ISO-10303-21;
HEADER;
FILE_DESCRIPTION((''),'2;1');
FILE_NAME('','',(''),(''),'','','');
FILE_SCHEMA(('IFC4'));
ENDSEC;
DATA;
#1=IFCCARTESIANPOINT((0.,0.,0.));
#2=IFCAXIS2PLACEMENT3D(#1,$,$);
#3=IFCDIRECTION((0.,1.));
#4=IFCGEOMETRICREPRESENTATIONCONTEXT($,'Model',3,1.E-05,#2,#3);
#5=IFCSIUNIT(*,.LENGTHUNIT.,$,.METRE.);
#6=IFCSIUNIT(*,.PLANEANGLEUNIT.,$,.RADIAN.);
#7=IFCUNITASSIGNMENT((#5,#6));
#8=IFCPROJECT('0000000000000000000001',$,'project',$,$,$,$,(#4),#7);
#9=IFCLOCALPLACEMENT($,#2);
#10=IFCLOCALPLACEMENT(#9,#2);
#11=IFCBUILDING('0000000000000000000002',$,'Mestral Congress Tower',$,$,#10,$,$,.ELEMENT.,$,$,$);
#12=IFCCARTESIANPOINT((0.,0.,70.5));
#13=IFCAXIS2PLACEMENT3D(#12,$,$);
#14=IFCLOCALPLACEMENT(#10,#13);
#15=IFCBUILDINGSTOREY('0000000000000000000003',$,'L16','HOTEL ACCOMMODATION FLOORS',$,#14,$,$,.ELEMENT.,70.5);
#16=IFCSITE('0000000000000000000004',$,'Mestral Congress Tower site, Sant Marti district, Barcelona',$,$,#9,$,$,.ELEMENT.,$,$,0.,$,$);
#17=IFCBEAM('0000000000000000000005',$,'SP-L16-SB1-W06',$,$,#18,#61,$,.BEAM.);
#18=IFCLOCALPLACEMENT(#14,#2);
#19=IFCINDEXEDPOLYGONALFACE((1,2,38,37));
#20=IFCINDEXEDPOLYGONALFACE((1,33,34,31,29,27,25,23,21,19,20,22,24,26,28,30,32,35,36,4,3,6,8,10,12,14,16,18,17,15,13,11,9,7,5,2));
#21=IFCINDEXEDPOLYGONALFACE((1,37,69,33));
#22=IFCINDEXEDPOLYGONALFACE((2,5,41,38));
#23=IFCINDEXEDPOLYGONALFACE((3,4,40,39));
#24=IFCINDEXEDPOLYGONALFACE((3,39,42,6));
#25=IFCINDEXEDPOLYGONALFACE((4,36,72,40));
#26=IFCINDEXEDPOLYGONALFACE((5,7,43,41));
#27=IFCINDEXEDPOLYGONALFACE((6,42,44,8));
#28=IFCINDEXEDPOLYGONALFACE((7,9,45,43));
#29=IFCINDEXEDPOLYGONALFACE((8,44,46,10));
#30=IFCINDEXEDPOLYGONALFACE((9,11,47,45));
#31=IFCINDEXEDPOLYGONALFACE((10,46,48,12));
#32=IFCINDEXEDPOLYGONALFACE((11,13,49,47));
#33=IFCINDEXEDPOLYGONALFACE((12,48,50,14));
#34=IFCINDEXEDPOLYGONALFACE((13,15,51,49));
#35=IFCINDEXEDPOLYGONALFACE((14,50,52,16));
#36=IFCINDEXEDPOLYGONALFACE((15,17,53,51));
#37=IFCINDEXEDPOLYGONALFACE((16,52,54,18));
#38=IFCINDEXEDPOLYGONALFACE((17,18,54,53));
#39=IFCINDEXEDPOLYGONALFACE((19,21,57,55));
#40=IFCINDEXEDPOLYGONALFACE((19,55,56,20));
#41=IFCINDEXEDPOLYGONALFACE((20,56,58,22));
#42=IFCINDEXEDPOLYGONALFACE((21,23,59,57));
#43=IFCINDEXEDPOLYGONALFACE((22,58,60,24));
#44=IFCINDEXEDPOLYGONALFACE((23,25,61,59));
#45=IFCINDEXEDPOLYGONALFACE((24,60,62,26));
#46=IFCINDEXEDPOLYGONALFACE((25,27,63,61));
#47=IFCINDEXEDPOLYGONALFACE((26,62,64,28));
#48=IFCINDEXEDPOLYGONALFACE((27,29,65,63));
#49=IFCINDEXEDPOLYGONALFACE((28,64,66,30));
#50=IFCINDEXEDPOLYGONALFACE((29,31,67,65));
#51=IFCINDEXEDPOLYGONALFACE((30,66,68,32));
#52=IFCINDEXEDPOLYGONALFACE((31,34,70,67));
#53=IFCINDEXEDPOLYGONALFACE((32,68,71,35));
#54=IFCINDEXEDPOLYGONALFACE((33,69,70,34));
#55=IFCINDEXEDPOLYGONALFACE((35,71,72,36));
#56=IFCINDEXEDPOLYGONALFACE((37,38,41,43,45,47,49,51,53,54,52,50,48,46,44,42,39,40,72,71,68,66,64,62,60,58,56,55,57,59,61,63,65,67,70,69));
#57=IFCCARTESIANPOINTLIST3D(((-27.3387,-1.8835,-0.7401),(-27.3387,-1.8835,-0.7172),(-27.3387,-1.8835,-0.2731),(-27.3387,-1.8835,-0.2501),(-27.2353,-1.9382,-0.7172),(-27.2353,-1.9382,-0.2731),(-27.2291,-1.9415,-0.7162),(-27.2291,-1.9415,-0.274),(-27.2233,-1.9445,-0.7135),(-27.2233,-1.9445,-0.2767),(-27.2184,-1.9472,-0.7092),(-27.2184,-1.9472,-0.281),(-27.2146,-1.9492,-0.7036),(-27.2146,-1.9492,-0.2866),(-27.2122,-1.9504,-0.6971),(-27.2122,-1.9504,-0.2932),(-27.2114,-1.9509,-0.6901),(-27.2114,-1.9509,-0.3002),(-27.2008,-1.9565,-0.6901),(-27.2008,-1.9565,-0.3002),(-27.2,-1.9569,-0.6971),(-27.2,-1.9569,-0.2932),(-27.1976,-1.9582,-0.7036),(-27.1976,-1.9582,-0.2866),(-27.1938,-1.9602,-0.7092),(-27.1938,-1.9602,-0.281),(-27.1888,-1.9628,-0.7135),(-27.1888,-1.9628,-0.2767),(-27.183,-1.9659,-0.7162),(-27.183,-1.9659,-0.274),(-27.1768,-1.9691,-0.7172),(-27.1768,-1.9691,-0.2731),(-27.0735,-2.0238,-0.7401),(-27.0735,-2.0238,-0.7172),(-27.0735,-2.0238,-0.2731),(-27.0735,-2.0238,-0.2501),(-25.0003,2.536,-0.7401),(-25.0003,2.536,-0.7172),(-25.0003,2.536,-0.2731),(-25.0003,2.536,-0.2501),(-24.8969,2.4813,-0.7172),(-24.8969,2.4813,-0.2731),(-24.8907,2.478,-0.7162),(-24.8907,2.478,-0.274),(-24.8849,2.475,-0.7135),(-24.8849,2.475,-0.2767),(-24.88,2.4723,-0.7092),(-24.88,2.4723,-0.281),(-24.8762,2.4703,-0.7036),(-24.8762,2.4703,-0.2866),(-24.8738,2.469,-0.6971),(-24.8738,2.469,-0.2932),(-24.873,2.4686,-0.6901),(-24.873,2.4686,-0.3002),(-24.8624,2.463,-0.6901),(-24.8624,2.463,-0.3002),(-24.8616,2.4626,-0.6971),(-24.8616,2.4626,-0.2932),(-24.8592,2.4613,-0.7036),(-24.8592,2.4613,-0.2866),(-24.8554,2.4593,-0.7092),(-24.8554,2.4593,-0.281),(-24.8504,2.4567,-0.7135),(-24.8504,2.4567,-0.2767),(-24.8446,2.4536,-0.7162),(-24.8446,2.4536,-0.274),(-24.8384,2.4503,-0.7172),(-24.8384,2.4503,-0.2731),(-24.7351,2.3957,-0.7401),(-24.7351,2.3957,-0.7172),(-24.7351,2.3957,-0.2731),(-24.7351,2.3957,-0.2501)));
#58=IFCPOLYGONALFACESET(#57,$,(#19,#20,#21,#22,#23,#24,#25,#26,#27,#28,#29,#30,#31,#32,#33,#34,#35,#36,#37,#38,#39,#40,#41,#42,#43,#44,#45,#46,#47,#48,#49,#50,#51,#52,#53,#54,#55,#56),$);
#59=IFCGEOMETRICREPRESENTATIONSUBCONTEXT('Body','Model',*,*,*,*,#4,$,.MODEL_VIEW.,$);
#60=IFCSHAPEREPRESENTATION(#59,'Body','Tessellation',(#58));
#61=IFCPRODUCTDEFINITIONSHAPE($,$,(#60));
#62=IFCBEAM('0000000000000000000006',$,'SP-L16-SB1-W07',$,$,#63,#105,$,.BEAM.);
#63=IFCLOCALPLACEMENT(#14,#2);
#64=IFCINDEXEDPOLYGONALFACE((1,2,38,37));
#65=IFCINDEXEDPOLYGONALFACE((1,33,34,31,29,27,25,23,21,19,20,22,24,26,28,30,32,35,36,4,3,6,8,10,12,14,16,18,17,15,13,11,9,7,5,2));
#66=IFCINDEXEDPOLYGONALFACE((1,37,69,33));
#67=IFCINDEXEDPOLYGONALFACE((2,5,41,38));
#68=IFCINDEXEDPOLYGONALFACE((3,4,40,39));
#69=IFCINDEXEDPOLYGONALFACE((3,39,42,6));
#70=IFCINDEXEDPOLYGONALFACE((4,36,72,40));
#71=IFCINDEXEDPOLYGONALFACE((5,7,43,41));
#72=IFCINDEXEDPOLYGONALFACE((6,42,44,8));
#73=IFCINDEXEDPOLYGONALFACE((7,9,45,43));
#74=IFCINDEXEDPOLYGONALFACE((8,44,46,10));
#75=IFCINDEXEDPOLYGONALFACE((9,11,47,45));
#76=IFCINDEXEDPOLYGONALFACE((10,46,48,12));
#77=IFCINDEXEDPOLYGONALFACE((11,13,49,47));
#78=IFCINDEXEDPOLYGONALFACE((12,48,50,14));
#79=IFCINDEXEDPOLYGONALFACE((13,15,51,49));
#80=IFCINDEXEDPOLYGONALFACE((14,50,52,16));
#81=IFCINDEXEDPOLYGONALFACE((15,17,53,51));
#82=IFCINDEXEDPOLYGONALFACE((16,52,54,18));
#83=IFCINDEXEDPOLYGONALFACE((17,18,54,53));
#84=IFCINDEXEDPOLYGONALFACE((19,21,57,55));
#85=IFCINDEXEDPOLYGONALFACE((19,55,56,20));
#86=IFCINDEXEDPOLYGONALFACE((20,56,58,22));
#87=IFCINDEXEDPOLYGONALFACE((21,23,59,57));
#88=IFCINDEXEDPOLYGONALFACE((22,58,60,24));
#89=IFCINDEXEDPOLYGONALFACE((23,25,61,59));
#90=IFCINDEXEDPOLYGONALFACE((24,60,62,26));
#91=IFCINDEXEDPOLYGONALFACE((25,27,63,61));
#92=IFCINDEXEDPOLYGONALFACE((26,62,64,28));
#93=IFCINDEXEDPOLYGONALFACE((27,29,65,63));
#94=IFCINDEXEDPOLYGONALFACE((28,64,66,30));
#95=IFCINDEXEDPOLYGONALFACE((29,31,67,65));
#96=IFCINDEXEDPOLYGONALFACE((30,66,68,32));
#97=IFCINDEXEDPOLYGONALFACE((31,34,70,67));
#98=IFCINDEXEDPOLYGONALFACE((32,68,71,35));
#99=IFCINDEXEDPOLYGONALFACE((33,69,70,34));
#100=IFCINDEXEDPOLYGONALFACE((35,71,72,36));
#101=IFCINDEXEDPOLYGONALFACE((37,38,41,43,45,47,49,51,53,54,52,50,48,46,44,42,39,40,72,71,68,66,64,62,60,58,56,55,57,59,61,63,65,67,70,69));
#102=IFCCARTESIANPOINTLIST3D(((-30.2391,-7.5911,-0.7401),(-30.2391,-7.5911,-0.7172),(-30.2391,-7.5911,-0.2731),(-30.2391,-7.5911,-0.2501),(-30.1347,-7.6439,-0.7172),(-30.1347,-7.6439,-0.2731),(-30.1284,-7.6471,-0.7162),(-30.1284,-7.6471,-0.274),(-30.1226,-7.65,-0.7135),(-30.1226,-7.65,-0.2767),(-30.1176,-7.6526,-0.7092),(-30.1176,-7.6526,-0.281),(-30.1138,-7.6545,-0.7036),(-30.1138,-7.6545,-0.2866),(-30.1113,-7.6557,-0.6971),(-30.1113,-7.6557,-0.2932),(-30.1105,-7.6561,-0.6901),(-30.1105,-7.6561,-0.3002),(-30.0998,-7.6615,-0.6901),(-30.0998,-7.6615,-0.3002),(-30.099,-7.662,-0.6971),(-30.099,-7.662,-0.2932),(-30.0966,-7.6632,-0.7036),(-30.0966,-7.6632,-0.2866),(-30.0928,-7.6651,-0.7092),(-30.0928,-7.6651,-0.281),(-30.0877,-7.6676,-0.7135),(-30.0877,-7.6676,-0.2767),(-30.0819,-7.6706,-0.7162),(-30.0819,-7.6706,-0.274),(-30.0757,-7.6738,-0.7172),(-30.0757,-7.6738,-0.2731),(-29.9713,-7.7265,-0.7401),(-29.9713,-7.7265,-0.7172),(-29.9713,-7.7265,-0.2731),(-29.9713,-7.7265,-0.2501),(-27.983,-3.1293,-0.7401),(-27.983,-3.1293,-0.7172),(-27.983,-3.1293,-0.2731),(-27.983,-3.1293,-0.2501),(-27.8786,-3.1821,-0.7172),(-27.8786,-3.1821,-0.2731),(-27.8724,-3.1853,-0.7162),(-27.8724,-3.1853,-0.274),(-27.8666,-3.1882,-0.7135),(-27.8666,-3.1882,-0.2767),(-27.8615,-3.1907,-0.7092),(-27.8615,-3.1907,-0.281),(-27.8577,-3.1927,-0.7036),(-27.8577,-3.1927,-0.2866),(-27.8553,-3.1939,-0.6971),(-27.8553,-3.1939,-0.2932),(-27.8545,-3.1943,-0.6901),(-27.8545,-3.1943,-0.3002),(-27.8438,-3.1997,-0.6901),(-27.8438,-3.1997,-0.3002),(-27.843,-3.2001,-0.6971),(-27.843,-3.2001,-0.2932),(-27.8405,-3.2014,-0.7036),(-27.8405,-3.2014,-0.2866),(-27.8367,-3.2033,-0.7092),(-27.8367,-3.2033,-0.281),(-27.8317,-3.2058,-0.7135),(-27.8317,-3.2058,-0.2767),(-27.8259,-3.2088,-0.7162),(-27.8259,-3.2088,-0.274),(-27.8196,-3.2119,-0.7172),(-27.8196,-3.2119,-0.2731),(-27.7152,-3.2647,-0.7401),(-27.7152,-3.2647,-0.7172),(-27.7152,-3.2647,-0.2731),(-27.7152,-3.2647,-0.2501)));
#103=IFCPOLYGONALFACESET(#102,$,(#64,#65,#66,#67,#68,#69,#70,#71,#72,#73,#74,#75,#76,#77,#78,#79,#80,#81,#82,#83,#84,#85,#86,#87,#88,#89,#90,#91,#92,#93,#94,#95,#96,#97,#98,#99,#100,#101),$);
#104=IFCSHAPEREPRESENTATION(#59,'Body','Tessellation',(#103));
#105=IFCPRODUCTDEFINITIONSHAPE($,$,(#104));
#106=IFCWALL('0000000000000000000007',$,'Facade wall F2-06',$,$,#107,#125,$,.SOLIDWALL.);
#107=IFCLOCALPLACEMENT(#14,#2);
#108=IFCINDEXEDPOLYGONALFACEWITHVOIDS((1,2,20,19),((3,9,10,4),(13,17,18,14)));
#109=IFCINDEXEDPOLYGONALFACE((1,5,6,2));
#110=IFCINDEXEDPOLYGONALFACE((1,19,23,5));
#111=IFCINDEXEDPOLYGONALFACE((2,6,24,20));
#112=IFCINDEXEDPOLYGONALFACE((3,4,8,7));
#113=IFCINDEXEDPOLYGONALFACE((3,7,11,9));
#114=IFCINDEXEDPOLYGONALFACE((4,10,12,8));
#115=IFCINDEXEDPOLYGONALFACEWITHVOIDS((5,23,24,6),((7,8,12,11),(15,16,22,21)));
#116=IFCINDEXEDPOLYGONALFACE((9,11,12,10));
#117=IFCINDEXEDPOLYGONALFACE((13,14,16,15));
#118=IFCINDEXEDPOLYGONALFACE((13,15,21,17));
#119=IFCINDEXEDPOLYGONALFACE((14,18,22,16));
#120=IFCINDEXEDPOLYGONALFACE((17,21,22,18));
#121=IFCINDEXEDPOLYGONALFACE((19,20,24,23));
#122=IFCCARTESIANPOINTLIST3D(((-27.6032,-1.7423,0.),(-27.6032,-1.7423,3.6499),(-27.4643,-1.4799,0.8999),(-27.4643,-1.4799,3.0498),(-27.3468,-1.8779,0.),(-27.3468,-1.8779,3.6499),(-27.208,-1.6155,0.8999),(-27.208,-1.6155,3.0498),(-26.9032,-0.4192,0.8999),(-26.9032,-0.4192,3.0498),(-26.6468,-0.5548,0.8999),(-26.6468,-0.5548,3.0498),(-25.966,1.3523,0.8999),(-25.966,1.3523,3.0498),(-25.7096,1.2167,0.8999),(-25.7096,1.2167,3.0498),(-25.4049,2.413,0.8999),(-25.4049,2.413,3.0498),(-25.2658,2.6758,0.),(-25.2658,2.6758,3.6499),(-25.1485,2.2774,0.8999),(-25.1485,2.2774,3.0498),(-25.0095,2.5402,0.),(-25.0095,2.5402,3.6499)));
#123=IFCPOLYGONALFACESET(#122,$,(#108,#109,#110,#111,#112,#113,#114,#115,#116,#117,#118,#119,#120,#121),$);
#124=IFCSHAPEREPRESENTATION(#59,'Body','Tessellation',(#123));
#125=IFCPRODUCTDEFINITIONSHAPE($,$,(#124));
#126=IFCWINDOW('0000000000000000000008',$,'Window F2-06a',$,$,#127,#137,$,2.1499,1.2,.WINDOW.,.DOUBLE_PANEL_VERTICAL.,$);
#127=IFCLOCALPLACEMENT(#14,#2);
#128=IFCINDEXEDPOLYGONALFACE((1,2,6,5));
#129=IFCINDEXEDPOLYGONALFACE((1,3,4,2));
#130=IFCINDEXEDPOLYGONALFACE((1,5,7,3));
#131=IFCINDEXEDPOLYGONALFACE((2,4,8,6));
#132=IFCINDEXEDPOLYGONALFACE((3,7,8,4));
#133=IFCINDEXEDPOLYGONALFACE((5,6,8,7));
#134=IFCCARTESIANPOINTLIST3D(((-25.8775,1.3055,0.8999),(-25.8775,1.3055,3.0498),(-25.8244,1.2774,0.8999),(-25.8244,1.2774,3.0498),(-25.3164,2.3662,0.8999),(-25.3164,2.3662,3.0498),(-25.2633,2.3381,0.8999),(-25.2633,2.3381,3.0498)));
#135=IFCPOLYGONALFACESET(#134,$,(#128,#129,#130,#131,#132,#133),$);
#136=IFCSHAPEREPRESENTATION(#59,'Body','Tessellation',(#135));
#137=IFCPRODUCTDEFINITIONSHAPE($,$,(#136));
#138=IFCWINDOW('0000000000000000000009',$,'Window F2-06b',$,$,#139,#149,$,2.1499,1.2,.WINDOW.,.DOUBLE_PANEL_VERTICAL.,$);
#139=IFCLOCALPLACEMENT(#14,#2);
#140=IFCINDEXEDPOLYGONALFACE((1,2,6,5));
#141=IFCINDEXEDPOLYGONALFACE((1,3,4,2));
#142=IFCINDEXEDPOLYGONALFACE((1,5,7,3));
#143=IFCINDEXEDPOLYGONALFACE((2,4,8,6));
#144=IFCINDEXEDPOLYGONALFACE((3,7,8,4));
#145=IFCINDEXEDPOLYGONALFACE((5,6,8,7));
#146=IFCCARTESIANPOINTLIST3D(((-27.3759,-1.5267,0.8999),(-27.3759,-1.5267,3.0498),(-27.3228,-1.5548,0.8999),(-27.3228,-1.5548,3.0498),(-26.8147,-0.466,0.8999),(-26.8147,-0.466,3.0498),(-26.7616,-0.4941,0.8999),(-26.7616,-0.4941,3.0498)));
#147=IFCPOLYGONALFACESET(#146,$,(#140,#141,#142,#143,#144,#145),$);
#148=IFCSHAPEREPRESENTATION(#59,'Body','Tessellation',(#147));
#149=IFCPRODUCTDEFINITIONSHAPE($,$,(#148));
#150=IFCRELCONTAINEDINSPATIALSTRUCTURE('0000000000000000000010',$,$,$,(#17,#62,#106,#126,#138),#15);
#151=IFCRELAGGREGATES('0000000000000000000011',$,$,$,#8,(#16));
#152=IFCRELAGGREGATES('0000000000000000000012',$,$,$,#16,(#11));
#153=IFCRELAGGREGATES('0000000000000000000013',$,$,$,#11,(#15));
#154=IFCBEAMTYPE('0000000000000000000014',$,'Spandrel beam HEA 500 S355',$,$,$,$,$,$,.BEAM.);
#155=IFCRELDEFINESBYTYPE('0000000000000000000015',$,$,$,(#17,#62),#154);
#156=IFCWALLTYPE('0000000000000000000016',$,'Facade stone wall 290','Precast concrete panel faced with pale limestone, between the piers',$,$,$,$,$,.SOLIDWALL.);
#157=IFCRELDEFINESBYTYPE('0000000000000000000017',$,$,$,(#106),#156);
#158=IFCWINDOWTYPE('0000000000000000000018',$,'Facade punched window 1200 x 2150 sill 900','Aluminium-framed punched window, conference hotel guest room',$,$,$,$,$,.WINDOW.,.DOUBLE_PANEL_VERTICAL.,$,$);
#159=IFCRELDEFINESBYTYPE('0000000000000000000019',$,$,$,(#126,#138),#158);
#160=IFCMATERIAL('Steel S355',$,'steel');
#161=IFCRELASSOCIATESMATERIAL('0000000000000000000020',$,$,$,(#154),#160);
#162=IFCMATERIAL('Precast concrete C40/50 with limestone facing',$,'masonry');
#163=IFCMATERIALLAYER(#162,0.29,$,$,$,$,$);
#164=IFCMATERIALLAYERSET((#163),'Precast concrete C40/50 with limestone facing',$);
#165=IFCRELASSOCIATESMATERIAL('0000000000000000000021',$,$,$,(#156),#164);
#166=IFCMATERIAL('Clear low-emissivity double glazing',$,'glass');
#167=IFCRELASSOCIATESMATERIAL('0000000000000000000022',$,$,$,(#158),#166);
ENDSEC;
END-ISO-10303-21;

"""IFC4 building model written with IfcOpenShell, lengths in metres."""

from ifc_helpers import new_model, si_unit, direction, frame, frame_2d, origin, origin_2d, place, context, subcontext, project, spatial, rectangle, i_section, extrude, material, layer, layer_set, material_profile, profile_set, type_object, element, fill, save


model = new_model("IFC4")

# Units and contexts
model_context = context("Model", 3, precision=1e-05, world=origin(), true_north=direction((0.0, 1.0)))
body_context = subcontext(model_context, "Body", "Model", "MODEL_VIEW")
ifc_project = project(units=[si_unit("LENGTHUNIT", "METRE"), si_unit("PLANEANGLEUNIT", "RADIAN")], contexts=[model_context])

# Site, building, storey
site_placement = place(None, origin())
site = spatial("IfcSite", under=ifc_project, at=site_placement, Name="Mestral Congress Tower site, Sant Marti district, Barcelona", CompositionType="ELEMENT", RefElevation=0.0)
building_placement = place(site_placement, origin())
building = spatial("IfcBuilding", under=site, at=building_placement, Name="Mestral Congress Tower", CompositionType="ELEMENT")
storey_placement = place(building_placement, frame((0.0, 0.0, 70.5)))
storey = spatial("IfcBuildingStorey", under=building, at=storey_placement, Name="L16", Description="HOTEL ACCOMMODATION FLOORS", CompositionType="ELEMENT", Elevation=70.5)

# Beams
ifc_material_1 = material(Name="Steel S355", Category="steel")
ifc_material_profile_1 = material_profile(ifc_material_1, i_section(OverallWidth=0.3, OverallDepth=0.49, WebThickness=0.012, FlangeThickness=0.0229, FilletRadius=0.0271, at=origin_2d()), Name="HEA 500")
ifc_profile_set_1 = profile_set([ifc_material_profile_1], Name="Steel S355")
beam_type_1 = type_object("IfcBeamType", Name="Spandrel beam HEA 500 S355", PredefinedType="BEAM", material=ifc_profile_set_1)
beam_1_placement = place(storey_placement, frame((-24.8677, 2.4658, -0.4951), z_axis=(-0.467681, -0.883897, 0.0), x_axis=(0.883897, -0.467681, 0.0)))
element("IfcBeam", 1, at=beam_1_placement, inside=storey, type_object=beam_type_1, Name="SP-L16-SB1-W06", PredefinedType="BEAM", context=body_context, shape_type="SweptSolid", body=[
    extrude(i_section(OverallWidth=0.3, OverallDepth=0.49, WebThickness=0.012, FlangeThickness=0.0229, FilletRadius=0.0271, at=origin_2d()), origin(), (0.0, 0.0, 1.0), 5.0),
])
beam_2_placement = place(storey_placement, frame((-27.8491, -3.197, -0.4951), z_axis=(-0.451233, -0.892406, 0.0), x_axis=(0.892406, -0.451233, 0.0)))
element("IfcBeam", 2, at=beam_2_placement, inside=storey, type_object=beam_type_1, Name="SP-L16-SB1-W07", PredefinedType="BEAM", context=body_context, shape_type="SweptSolid", body=[
    extrude(i_section(OverallWidth=0.3, OverallDepth=0.49, WebThickness=0.012, FlangeThickness=0.0229, FilletRadius=0.0271, at=origin_2d()), origin(), (0.0, 0.0, 1.0), 4.9998),
])

# Wall, openings, windows
ifc_material_2 = material(Name="Precast concrete C40/50 with limestone facing", Category="masonry")
ifc_layer_1 = layer(ifc_material_2, 0.29)
ifc_layer_set_1 = layer_set([ifc_layer_1], Name="Precast concrete C40/50 with limestone facing")
wall_type_1 = type_object("IfcWallType", Name="Facade stone wall 290", Description="Precast concrete panel faced with pale limestone, between the piers", PredefinedType="SOLIDWALL", material=ifc_layer_set_1)
wall_1_placement = place(storey_placement, frame((-25.1377, 2.6079, 0.0), z_axis=(0.0, 0.0, 1.0), x_axis=(-0.46763, -0.883925, 0.0)))
wall_1 = element("IfcWall", 3, at=wall_1_placement, inside=storey, type_object=wall_type_1, Name="Facade wall F2-06", PredefinedType="SOLIDWALL", context=body_context, shape_type="SweptSolid", body=[
    extrude(rectangle(XDim=4.9983, YDim=0.29, at=frame_2d((2.499, 0.0))), origin(), (0.0, 0.0, 1.0), 3.6499),
])
opening_1_placement = place(wall_1_placement, frame((0.2971, 0.0, 0.8999)))
opening_1 = element("IfcOpeningElement", 4, at=opening_1_placement, cuts=wall_1, PredefinedType="OPENING", context=body_context, shape_type="SweptSolid", body=[
    extrude(rectangle(XDim=1.2, YDim=2.1499, at=frame_2d((0.6001, 1.075))), frame((0.0, 0.155, 0.0), z_axis=(0.0, -1.0, 0.0), x_axis=(1.0, 0.0, 0.0)), (0.0, 0.0, 1.0), 0.3101),
])
opening_2_placement = place(wall_1_placement, frame((3.5012, 0.0, 0.8999)))
opening_2 = element("IfcOpeningElement", 5, at=opening_2_placement, cuts=wall_1, PredefinedType="OPENING", context=body_context, shape_type="SweptSolid", body=[
    extrude(rectangle(XDim=1.2, YDim=2.1499, at=frame_2d((0.6001, 1.075))), frame((0.0, 0.155, 0.0), z_axis=(0.0, -1.0, 0.0), x_axis=(1.0, 0.0, 0.0)), (0.0, 0.0, 1.0), 0.3101),
])
ifc_material_3 = material(Name="Clear low-emissivity double glazing", Category="glass")
window_type = type_object("IfcWindowType", Name="Facade punched window 1200 x 2150 sill 900", Description="Aluminium-framed punched window, conference hotel guest room", PartitioningType="DOUBLE_PANEL_VERTICAL", PredefinedType="WINDOW", material=ifc_material_3)
window_1_placement = place(opening_1_placement, origin())
window_1 = element("IfcWindow", 6, at=window_1_placement, inside=storey, type_object=window_type, Name="Window F2-06a", OverallHeight=2.1499, OverallWidth=1.2, PartitioningType="DOUBLE_PANEL_VERTICAL", PredefinedType="WINDOW", context=body_context, shape_type="SweptSolid", body=[
    extrude(rectangle(XDim=1.2, YDim=2.1499, at=frame_2d((0.6001, 1.075))), frame((0.0, 0.0151, 0.0), z_axis=(0.0, -1.0, 0.0), x_axis=(1.0, 0.0, 0.0)), (0.0, 0.0, 1.0), 0.0601),
])
fill(opening_1, window_1)
window_2_placement = place(opening_2_placement, origin())
window_2 = element("IfcWindow", 7, at=window_2_placement, inside=storey, type_object=window_type, Name="Window F2-06b", OverallHeight=2.1499, OverallWidth=1.2, PartitioningType="DOUBLE_PANEL_VERTICAL", PredefinedType="WINDOW", context=body_context, shape_type="SweptSolid", body=[
    extrude(rectangle(XDim=1.2, YDim=2.1499, at=frame_2d((0.6001, 1.075))), frame((0.0, 0.0151, 0.0), z_axis=(0.0, -1.0, 0.0), x_axis=(1.0, 0.0, 0.0)), (0.0, 0.0, 1.0), 0.0601),
])
fill(opening_2, window_2)

save(model, "model.ifc")
